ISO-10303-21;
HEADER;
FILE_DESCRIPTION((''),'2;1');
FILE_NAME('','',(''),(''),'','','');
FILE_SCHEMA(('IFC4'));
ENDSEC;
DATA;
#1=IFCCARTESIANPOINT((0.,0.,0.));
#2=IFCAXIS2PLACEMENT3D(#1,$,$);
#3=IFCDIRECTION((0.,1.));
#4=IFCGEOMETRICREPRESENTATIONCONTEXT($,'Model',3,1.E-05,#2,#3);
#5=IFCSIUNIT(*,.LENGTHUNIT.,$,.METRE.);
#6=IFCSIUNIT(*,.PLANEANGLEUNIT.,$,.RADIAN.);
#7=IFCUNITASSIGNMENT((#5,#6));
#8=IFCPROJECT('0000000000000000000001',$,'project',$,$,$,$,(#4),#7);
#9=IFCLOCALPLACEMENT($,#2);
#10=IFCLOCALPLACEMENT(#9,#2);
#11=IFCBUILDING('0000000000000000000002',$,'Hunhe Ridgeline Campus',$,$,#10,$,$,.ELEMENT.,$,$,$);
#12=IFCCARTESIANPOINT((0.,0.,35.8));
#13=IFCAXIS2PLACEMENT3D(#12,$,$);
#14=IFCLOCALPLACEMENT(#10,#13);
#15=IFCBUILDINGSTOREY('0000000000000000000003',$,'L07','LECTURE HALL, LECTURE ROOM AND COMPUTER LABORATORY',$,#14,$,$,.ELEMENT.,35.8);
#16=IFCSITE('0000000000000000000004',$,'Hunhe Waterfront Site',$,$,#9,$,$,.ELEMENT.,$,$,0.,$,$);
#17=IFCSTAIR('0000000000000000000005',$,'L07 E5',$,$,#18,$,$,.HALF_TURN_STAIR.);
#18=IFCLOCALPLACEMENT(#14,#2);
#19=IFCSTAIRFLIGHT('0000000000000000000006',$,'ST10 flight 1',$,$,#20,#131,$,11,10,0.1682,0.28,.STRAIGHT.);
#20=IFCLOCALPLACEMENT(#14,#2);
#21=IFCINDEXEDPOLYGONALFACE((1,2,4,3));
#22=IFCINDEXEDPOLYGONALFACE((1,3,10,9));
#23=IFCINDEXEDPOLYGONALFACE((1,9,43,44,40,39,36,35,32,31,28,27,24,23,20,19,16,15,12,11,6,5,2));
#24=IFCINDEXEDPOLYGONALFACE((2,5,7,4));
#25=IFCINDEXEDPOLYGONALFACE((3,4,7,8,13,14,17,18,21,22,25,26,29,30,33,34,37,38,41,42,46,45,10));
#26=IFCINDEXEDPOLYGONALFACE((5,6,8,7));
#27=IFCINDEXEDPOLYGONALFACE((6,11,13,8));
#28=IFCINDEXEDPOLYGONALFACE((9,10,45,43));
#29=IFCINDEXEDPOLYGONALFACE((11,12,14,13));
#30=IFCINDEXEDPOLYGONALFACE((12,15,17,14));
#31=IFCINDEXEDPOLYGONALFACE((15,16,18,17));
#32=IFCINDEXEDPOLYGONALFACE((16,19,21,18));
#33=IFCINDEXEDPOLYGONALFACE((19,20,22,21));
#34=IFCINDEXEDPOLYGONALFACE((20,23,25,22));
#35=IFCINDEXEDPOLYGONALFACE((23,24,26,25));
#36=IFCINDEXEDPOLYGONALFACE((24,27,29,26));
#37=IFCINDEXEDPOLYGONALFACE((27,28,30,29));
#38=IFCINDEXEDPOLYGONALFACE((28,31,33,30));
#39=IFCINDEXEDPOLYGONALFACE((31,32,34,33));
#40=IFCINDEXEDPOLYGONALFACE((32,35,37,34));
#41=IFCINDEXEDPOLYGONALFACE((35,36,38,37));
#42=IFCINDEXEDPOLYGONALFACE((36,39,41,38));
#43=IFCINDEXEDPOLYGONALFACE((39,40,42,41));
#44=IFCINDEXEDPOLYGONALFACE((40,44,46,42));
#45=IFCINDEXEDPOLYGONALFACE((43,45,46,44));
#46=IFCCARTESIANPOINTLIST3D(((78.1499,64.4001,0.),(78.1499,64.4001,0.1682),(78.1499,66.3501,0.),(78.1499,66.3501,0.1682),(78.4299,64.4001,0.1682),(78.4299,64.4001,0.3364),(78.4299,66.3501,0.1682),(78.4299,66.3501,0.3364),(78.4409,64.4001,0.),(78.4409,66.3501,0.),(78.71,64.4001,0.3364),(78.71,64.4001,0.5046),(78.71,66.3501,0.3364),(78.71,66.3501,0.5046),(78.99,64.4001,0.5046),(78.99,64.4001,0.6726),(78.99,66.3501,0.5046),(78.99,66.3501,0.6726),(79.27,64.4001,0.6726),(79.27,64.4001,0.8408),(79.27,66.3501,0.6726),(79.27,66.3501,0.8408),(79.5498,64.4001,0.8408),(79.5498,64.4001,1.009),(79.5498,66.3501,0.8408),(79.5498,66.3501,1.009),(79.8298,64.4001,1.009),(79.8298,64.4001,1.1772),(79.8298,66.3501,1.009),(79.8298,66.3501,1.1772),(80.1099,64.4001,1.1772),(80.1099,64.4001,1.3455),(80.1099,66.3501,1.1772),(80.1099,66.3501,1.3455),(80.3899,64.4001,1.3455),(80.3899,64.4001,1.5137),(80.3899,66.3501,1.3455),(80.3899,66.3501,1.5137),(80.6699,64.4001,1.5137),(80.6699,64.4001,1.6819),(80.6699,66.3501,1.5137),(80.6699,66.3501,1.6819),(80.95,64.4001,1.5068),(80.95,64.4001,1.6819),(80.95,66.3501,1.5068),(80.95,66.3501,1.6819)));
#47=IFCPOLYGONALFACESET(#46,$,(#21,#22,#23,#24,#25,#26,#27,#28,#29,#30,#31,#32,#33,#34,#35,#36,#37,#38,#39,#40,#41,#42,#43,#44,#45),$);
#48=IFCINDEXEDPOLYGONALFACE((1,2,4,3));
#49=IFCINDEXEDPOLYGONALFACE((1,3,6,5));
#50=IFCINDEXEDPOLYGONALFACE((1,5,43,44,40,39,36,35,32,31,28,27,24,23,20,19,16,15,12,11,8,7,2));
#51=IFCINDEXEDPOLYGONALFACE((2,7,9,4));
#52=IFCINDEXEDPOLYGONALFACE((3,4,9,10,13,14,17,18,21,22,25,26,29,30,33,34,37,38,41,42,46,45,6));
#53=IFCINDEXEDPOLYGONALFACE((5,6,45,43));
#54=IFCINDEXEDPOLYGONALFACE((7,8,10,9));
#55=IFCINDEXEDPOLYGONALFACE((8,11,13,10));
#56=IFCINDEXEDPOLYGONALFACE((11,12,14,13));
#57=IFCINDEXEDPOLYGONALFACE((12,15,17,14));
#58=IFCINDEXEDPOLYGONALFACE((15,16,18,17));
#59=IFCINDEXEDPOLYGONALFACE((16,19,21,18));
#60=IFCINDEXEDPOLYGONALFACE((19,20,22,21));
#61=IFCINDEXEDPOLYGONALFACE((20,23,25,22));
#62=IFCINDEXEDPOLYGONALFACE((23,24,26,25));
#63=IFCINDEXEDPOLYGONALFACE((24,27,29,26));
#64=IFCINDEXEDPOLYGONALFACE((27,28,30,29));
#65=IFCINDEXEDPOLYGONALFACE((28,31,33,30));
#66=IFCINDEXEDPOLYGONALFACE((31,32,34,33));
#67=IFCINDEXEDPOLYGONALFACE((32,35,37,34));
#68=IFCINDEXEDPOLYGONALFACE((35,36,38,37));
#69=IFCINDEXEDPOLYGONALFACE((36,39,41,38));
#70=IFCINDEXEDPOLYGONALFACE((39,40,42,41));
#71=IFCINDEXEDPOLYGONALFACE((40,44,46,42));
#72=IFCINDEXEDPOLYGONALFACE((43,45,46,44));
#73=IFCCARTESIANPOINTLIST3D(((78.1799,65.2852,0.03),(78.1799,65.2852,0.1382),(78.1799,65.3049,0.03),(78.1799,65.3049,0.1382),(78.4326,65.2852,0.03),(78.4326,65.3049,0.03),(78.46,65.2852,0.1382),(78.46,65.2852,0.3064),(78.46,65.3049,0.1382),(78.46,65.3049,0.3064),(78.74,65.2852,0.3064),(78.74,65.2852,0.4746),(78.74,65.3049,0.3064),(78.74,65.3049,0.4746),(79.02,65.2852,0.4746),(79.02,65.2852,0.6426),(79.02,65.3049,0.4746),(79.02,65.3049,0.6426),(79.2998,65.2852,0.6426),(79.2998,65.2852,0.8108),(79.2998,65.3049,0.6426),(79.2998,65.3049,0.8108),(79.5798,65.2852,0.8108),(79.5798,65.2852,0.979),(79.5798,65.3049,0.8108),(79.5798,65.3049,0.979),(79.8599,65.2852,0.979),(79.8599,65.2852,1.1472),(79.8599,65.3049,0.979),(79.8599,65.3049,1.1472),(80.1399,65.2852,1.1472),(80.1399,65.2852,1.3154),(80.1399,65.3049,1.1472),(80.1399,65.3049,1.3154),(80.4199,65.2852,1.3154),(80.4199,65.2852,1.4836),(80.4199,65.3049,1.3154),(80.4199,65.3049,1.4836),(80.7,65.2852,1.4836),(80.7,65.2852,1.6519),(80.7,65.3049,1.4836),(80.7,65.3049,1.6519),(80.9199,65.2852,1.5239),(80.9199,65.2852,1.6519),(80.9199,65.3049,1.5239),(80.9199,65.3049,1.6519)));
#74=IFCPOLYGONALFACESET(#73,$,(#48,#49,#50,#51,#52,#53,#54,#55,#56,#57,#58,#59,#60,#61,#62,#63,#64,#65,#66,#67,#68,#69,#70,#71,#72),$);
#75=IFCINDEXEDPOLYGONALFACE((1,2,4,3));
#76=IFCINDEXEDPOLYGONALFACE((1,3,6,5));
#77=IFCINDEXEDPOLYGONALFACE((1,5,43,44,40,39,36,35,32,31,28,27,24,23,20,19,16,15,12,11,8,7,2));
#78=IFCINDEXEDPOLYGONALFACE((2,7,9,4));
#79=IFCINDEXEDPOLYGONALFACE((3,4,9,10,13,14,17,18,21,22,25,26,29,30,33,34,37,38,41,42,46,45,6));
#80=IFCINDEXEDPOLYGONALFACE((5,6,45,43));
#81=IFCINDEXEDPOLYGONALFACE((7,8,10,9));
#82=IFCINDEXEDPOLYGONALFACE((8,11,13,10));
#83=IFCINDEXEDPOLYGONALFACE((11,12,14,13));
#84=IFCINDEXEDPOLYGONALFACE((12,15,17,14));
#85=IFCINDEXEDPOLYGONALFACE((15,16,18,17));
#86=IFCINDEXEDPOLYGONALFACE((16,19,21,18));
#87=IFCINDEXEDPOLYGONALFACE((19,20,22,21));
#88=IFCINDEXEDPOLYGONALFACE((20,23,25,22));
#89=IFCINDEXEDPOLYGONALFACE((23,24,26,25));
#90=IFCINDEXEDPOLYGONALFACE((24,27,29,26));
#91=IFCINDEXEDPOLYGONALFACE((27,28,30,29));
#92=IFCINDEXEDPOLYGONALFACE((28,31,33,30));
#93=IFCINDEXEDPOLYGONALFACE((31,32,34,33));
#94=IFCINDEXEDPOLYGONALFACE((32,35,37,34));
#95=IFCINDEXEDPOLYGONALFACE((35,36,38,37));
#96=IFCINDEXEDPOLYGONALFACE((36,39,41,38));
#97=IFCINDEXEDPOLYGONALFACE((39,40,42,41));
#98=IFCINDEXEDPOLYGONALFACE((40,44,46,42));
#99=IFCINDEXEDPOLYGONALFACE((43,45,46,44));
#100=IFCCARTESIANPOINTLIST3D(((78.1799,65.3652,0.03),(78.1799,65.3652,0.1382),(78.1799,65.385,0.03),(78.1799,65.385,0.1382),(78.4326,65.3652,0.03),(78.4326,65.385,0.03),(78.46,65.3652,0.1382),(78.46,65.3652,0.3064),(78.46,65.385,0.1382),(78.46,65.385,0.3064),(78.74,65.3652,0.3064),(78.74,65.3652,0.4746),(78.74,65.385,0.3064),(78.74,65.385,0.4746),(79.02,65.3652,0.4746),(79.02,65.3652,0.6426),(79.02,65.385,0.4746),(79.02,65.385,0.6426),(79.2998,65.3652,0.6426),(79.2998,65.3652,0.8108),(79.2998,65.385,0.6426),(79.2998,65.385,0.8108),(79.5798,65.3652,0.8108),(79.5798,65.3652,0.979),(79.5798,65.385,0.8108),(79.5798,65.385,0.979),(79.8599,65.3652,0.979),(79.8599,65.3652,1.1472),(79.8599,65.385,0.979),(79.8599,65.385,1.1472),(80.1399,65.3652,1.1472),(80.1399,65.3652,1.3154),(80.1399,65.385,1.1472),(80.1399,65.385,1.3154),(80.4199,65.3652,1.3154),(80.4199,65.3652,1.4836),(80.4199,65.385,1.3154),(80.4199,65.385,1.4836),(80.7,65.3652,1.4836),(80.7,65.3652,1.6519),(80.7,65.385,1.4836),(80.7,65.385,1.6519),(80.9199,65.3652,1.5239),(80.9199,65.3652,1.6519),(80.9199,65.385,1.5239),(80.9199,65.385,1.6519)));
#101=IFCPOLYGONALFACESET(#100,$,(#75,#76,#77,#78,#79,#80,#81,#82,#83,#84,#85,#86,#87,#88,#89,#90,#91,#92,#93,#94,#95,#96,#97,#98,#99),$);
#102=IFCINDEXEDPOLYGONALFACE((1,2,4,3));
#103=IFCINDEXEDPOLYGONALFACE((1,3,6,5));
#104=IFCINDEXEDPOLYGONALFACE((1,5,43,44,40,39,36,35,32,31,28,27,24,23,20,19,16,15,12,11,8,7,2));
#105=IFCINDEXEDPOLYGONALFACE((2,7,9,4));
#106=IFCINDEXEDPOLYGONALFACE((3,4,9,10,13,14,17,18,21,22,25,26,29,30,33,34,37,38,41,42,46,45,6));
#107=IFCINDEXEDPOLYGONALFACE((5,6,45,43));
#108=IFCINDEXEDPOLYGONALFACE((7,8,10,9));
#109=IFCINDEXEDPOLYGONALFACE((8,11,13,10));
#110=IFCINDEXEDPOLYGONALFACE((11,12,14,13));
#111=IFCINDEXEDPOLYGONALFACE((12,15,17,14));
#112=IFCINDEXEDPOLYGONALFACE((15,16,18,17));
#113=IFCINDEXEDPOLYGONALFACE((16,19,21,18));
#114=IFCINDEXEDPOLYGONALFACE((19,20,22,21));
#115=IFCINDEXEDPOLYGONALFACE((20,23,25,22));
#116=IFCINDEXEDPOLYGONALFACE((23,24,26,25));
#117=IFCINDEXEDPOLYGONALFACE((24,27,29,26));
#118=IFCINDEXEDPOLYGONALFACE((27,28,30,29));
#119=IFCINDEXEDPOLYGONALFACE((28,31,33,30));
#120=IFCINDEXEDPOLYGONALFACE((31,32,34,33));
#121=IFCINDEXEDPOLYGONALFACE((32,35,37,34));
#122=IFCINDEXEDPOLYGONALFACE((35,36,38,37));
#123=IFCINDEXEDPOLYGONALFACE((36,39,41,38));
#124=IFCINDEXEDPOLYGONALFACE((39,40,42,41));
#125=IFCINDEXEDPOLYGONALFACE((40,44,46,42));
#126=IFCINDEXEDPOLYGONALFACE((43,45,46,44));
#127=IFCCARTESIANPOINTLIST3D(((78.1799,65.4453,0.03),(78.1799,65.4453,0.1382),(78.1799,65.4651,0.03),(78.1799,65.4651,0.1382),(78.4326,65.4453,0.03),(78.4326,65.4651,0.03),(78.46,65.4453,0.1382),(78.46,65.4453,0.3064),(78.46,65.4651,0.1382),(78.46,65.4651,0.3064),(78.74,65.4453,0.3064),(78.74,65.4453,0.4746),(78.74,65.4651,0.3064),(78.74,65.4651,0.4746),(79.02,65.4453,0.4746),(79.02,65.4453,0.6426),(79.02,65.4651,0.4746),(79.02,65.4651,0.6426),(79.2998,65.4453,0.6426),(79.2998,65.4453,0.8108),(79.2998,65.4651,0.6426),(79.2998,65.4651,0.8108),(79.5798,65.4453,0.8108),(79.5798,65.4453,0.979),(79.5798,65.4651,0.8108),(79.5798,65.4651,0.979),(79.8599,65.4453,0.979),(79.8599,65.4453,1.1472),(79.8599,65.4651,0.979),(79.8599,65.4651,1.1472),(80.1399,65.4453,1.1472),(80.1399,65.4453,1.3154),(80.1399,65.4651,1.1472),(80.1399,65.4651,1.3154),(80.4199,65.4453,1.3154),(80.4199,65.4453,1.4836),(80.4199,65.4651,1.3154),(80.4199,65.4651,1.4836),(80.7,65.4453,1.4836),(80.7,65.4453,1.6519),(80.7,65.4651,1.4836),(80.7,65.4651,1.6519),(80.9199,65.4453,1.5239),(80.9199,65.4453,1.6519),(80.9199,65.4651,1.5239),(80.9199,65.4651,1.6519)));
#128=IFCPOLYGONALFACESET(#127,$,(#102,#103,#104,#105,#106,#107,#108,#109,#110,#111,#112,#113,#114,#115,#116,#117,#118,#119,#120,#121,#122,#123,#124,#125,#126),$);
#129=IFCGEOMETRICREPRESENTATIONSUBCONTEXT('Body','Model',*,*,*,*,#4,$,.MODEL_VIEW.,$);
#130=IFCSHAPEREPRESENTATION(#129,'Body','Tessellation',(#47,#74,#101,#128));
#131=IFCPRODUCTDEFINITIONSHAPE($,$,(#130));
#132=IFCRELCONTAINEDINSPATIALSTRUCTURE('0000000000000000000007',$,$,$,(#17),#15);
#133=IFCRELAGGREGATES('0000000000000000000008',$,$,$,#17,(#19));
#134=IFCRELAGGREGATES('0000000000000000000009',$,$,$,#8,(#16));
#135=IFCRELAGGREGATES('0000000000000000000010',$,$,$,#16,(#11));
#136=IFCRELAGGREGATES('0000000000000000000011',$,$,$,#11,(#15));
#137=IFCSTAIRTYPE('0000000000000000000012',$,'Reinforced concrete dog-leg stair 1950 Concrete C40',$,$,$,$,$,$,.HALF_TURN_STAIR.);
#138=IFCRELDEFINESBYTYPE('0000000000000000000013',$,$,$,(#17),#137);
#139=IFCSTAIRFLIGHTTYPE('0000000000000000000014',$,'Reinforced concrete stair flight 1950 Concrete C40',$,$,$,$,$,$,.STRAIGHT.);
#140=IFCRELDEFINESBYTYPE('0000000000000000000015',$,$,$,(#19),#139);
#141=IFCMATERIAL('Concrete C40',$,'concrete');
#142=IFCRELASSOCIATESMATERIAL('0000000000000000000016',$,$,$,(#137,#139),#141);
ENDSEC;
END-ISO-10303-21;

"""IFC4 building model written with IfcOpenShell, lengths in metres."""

from ifc_helpers import new_model, si_unit, direction, frame, origin, place, context, subcontext, project, spatial, polyline, outline, extrude, material, type_object, element, aggregate, save


model = new_model("IFC4")

# Units and contexts
model_context = context("Model", 3, precision=1e-05, world=origin(), true_north=direction((0.0, 1.0)))
body_context = subcontext(model_context, "Body", "Model", "MODEL_VIEW")
ifc_project = project(units=[si_unit("LENGTHUNIT", "METRE"), si_unit("PLANEANGLEUNIT", "RADIAN")], contexts=[model_context])

# Site, building, storey
site_placement = place(None, origin())
site = spatial("IfcSite", under=ifc_project, at=site_placement, Name="Hunhe Waterfront Site", CompositionType="ELEMENT", RefElevation=0.0)
building_placement = place(site_placement, origin())
building = spatial("IfcBuilding", under=site, at=building_placement, Name="Hunhe Ridgeline Campus", CompositionType="ELEMENT")
storey_placement = place(building_placement, frame((0.0, 0.0, 35.8)))
storey = spatial("IfcBuildingStorey", under=building, at=storey_placement, Name="L07", Description="LECTURE HALL, LECTURE ROOM AND COMPUTER LABORATORY", CompositionType="ELEMENT", Elevation=35.8)

# Stair, stair flight
ifc_material_1 = material(Name="Concrete C40", Category="concrete")
stair_type = type_object("IfcStairType", Name="Reinforced concrete dog-leg stair 1950 Concrete C40", PredefinedType="HALF_TURN_STAIR", material=ifc_material_1)
stair_placement = place(storey_placement, origin())
stair = element("IfcStair", 1, at=stair_placement, inside=storey, type_object=stair_type, Name="L07 E5", PredefinedType="HALF_TURN_STAIR")
stair_flight_type = type_object("IfcStairFlightType", Name="Reinforced concrete stair flight 1950 Concrete C40", PredefinedType="STRAIGHT", material=ifc_material_1)
stair_flight_1_placement = place(storey_placement, frame((78.1499, 65.375, 0.0), z_axis=(0.0, 0.0, 1.0), x_axis=(1.0, 0.0, 0.0)))
stair_flight_1 = element("IfcStairFlight", 2, at=stair_flight_1_placement, type_object=stair_flight_type, Name="ST10 flight 1", NumberOfRisers=11, NumberOfTreads=10, PredefinedType="STRAIGHT", RiserHeight=0.1682, TreadLength=0.28, context=body_context, shape_type="SweptSolid", body=[
    extrude(outline(polyline([(0.0, 0.0), (0.0, 0.1682), (0.28, 0.1682), (0.28, 0.3364), (0.5601, 0.3364), (0.5601, 0.5046), (0.8401, 0.5046), (0.8401, 0.6726), (1.1201, 0.6726), (1.1201, 0.8408), (1.3999, 0.8408), (1.3999, 1.009), (1.6799, 1.009), (1.6799, 1.1772), (1.96, 1.1772), (1.96, 1.3455), (2.24, 1.3455), (2.24, 1.5137), (2.52, 1.5137), (2.52, 1.6819), (2.8, 1.6819), (2.8, 1.8501), (2.8, 1.5068), (0.291, 0.0), (0.0, 0.0)])), frame((0.0, 0.9751, 0.0), z_axis=(0.0, -1.0, 0.0), x_axis=(1.0, 0.0, 0.0)), (0.0, 0.0, 1.0), 1.95),
    extrude(outline(polyline([(0.03, 0.03), (0.03, 0.1382), (0.3101, 0.1382), (0.3101, 0.3064), (0.5901, 0.3064), (0.5901, 0.4746), (0.8701, 0.4746), (0.8701, 0.6426), (1.1499, 0.6426), (1.1499, 0.8108), (1.4299, 0.8108), (1.4299, 0.979), (1.71, 0.979), (1.71, 1.1472), (1.99, 1.1472), (1.99, 1.3154), (2.27, 1.3154), (2.27, 1.4836), (2.55, 1.4836), (2.55, 1.6519), (2.77, 1.6519), (2.77, 1.5239), (0.2827, 0.03), (0.03, 0.03)])), frame((0.0, -0.0701, 0.0), z_axis=(0.0, -1.0, 0.0), x_axis=(1.0, 0.0, 0.0)), (0.0, 0.0, 1.0), 0.0198),
    extrude(outline(polyline([(0.03, 0.03), (0.03, 0.1382), (0.3101, 0.1382), (0.3101, 0.3064), (0.5901, 0.3064), (0.5901, 0.4746), (0.8701, 0.4746), (0.8701, 0.6426), (1.1499, 0.6426), (1.1499, 0.8108), (1.4299, 0.8108), (1.4299, 0.979), (1.71, 0.979), (1.71, 1.1472), (1.99, 1.1472), (1.99, 1.3154), (2.27, 1.3154), (2.27, 1.4836), (2.55, 1.4836), (2.55, 1.6519), (2.77, 1.6519), (2.77, 1.5239), (0.2827, 0.03), (0.03, 0.03)])), frame((0.0, 0.01, 0.0), z_axis=(0.0, -1.0, 0.0), x_axis=(1.0, 0.0, 0.0)), (0.0, 0.0, 1.0), 0.0198),
    extrude(outline(polyline([(0.03, 0.03), (0.03, 0.1382), (0.3101, 0.1382), (0.3101, 0.3064), (0.5901, 0.3064), (0.5901, 0.4746), (0.8701, 0.4746), (0.8701, 0.6426), (1.1499, 0.6426), (1.1499, 0.8108), (1.4299, 0.8108), (1.4299, 0.979), (1.71, 0.979), (1.71, 1.1472), (1.99, 1.1472), (1.99, 1.3154), (2.27, 1.3154), (2.27, 1.4836), (2.55, 1.4836), (2.55, 1.6519), (2.77, 1.6519), (2.77, 1.5239), (0.2827, 0.03), (0.03, 0.03)])), frame((0.0, 0.0901, 0.0), z_axis=(0.0, -1.0, 0.0), x_axis=(1.0, 0.0, 0.0)), (0.0, 0.0, 1.0), 0.0198),
])
aggregate(stair, [stair_flight_1])

save(model, "model.ifc")
